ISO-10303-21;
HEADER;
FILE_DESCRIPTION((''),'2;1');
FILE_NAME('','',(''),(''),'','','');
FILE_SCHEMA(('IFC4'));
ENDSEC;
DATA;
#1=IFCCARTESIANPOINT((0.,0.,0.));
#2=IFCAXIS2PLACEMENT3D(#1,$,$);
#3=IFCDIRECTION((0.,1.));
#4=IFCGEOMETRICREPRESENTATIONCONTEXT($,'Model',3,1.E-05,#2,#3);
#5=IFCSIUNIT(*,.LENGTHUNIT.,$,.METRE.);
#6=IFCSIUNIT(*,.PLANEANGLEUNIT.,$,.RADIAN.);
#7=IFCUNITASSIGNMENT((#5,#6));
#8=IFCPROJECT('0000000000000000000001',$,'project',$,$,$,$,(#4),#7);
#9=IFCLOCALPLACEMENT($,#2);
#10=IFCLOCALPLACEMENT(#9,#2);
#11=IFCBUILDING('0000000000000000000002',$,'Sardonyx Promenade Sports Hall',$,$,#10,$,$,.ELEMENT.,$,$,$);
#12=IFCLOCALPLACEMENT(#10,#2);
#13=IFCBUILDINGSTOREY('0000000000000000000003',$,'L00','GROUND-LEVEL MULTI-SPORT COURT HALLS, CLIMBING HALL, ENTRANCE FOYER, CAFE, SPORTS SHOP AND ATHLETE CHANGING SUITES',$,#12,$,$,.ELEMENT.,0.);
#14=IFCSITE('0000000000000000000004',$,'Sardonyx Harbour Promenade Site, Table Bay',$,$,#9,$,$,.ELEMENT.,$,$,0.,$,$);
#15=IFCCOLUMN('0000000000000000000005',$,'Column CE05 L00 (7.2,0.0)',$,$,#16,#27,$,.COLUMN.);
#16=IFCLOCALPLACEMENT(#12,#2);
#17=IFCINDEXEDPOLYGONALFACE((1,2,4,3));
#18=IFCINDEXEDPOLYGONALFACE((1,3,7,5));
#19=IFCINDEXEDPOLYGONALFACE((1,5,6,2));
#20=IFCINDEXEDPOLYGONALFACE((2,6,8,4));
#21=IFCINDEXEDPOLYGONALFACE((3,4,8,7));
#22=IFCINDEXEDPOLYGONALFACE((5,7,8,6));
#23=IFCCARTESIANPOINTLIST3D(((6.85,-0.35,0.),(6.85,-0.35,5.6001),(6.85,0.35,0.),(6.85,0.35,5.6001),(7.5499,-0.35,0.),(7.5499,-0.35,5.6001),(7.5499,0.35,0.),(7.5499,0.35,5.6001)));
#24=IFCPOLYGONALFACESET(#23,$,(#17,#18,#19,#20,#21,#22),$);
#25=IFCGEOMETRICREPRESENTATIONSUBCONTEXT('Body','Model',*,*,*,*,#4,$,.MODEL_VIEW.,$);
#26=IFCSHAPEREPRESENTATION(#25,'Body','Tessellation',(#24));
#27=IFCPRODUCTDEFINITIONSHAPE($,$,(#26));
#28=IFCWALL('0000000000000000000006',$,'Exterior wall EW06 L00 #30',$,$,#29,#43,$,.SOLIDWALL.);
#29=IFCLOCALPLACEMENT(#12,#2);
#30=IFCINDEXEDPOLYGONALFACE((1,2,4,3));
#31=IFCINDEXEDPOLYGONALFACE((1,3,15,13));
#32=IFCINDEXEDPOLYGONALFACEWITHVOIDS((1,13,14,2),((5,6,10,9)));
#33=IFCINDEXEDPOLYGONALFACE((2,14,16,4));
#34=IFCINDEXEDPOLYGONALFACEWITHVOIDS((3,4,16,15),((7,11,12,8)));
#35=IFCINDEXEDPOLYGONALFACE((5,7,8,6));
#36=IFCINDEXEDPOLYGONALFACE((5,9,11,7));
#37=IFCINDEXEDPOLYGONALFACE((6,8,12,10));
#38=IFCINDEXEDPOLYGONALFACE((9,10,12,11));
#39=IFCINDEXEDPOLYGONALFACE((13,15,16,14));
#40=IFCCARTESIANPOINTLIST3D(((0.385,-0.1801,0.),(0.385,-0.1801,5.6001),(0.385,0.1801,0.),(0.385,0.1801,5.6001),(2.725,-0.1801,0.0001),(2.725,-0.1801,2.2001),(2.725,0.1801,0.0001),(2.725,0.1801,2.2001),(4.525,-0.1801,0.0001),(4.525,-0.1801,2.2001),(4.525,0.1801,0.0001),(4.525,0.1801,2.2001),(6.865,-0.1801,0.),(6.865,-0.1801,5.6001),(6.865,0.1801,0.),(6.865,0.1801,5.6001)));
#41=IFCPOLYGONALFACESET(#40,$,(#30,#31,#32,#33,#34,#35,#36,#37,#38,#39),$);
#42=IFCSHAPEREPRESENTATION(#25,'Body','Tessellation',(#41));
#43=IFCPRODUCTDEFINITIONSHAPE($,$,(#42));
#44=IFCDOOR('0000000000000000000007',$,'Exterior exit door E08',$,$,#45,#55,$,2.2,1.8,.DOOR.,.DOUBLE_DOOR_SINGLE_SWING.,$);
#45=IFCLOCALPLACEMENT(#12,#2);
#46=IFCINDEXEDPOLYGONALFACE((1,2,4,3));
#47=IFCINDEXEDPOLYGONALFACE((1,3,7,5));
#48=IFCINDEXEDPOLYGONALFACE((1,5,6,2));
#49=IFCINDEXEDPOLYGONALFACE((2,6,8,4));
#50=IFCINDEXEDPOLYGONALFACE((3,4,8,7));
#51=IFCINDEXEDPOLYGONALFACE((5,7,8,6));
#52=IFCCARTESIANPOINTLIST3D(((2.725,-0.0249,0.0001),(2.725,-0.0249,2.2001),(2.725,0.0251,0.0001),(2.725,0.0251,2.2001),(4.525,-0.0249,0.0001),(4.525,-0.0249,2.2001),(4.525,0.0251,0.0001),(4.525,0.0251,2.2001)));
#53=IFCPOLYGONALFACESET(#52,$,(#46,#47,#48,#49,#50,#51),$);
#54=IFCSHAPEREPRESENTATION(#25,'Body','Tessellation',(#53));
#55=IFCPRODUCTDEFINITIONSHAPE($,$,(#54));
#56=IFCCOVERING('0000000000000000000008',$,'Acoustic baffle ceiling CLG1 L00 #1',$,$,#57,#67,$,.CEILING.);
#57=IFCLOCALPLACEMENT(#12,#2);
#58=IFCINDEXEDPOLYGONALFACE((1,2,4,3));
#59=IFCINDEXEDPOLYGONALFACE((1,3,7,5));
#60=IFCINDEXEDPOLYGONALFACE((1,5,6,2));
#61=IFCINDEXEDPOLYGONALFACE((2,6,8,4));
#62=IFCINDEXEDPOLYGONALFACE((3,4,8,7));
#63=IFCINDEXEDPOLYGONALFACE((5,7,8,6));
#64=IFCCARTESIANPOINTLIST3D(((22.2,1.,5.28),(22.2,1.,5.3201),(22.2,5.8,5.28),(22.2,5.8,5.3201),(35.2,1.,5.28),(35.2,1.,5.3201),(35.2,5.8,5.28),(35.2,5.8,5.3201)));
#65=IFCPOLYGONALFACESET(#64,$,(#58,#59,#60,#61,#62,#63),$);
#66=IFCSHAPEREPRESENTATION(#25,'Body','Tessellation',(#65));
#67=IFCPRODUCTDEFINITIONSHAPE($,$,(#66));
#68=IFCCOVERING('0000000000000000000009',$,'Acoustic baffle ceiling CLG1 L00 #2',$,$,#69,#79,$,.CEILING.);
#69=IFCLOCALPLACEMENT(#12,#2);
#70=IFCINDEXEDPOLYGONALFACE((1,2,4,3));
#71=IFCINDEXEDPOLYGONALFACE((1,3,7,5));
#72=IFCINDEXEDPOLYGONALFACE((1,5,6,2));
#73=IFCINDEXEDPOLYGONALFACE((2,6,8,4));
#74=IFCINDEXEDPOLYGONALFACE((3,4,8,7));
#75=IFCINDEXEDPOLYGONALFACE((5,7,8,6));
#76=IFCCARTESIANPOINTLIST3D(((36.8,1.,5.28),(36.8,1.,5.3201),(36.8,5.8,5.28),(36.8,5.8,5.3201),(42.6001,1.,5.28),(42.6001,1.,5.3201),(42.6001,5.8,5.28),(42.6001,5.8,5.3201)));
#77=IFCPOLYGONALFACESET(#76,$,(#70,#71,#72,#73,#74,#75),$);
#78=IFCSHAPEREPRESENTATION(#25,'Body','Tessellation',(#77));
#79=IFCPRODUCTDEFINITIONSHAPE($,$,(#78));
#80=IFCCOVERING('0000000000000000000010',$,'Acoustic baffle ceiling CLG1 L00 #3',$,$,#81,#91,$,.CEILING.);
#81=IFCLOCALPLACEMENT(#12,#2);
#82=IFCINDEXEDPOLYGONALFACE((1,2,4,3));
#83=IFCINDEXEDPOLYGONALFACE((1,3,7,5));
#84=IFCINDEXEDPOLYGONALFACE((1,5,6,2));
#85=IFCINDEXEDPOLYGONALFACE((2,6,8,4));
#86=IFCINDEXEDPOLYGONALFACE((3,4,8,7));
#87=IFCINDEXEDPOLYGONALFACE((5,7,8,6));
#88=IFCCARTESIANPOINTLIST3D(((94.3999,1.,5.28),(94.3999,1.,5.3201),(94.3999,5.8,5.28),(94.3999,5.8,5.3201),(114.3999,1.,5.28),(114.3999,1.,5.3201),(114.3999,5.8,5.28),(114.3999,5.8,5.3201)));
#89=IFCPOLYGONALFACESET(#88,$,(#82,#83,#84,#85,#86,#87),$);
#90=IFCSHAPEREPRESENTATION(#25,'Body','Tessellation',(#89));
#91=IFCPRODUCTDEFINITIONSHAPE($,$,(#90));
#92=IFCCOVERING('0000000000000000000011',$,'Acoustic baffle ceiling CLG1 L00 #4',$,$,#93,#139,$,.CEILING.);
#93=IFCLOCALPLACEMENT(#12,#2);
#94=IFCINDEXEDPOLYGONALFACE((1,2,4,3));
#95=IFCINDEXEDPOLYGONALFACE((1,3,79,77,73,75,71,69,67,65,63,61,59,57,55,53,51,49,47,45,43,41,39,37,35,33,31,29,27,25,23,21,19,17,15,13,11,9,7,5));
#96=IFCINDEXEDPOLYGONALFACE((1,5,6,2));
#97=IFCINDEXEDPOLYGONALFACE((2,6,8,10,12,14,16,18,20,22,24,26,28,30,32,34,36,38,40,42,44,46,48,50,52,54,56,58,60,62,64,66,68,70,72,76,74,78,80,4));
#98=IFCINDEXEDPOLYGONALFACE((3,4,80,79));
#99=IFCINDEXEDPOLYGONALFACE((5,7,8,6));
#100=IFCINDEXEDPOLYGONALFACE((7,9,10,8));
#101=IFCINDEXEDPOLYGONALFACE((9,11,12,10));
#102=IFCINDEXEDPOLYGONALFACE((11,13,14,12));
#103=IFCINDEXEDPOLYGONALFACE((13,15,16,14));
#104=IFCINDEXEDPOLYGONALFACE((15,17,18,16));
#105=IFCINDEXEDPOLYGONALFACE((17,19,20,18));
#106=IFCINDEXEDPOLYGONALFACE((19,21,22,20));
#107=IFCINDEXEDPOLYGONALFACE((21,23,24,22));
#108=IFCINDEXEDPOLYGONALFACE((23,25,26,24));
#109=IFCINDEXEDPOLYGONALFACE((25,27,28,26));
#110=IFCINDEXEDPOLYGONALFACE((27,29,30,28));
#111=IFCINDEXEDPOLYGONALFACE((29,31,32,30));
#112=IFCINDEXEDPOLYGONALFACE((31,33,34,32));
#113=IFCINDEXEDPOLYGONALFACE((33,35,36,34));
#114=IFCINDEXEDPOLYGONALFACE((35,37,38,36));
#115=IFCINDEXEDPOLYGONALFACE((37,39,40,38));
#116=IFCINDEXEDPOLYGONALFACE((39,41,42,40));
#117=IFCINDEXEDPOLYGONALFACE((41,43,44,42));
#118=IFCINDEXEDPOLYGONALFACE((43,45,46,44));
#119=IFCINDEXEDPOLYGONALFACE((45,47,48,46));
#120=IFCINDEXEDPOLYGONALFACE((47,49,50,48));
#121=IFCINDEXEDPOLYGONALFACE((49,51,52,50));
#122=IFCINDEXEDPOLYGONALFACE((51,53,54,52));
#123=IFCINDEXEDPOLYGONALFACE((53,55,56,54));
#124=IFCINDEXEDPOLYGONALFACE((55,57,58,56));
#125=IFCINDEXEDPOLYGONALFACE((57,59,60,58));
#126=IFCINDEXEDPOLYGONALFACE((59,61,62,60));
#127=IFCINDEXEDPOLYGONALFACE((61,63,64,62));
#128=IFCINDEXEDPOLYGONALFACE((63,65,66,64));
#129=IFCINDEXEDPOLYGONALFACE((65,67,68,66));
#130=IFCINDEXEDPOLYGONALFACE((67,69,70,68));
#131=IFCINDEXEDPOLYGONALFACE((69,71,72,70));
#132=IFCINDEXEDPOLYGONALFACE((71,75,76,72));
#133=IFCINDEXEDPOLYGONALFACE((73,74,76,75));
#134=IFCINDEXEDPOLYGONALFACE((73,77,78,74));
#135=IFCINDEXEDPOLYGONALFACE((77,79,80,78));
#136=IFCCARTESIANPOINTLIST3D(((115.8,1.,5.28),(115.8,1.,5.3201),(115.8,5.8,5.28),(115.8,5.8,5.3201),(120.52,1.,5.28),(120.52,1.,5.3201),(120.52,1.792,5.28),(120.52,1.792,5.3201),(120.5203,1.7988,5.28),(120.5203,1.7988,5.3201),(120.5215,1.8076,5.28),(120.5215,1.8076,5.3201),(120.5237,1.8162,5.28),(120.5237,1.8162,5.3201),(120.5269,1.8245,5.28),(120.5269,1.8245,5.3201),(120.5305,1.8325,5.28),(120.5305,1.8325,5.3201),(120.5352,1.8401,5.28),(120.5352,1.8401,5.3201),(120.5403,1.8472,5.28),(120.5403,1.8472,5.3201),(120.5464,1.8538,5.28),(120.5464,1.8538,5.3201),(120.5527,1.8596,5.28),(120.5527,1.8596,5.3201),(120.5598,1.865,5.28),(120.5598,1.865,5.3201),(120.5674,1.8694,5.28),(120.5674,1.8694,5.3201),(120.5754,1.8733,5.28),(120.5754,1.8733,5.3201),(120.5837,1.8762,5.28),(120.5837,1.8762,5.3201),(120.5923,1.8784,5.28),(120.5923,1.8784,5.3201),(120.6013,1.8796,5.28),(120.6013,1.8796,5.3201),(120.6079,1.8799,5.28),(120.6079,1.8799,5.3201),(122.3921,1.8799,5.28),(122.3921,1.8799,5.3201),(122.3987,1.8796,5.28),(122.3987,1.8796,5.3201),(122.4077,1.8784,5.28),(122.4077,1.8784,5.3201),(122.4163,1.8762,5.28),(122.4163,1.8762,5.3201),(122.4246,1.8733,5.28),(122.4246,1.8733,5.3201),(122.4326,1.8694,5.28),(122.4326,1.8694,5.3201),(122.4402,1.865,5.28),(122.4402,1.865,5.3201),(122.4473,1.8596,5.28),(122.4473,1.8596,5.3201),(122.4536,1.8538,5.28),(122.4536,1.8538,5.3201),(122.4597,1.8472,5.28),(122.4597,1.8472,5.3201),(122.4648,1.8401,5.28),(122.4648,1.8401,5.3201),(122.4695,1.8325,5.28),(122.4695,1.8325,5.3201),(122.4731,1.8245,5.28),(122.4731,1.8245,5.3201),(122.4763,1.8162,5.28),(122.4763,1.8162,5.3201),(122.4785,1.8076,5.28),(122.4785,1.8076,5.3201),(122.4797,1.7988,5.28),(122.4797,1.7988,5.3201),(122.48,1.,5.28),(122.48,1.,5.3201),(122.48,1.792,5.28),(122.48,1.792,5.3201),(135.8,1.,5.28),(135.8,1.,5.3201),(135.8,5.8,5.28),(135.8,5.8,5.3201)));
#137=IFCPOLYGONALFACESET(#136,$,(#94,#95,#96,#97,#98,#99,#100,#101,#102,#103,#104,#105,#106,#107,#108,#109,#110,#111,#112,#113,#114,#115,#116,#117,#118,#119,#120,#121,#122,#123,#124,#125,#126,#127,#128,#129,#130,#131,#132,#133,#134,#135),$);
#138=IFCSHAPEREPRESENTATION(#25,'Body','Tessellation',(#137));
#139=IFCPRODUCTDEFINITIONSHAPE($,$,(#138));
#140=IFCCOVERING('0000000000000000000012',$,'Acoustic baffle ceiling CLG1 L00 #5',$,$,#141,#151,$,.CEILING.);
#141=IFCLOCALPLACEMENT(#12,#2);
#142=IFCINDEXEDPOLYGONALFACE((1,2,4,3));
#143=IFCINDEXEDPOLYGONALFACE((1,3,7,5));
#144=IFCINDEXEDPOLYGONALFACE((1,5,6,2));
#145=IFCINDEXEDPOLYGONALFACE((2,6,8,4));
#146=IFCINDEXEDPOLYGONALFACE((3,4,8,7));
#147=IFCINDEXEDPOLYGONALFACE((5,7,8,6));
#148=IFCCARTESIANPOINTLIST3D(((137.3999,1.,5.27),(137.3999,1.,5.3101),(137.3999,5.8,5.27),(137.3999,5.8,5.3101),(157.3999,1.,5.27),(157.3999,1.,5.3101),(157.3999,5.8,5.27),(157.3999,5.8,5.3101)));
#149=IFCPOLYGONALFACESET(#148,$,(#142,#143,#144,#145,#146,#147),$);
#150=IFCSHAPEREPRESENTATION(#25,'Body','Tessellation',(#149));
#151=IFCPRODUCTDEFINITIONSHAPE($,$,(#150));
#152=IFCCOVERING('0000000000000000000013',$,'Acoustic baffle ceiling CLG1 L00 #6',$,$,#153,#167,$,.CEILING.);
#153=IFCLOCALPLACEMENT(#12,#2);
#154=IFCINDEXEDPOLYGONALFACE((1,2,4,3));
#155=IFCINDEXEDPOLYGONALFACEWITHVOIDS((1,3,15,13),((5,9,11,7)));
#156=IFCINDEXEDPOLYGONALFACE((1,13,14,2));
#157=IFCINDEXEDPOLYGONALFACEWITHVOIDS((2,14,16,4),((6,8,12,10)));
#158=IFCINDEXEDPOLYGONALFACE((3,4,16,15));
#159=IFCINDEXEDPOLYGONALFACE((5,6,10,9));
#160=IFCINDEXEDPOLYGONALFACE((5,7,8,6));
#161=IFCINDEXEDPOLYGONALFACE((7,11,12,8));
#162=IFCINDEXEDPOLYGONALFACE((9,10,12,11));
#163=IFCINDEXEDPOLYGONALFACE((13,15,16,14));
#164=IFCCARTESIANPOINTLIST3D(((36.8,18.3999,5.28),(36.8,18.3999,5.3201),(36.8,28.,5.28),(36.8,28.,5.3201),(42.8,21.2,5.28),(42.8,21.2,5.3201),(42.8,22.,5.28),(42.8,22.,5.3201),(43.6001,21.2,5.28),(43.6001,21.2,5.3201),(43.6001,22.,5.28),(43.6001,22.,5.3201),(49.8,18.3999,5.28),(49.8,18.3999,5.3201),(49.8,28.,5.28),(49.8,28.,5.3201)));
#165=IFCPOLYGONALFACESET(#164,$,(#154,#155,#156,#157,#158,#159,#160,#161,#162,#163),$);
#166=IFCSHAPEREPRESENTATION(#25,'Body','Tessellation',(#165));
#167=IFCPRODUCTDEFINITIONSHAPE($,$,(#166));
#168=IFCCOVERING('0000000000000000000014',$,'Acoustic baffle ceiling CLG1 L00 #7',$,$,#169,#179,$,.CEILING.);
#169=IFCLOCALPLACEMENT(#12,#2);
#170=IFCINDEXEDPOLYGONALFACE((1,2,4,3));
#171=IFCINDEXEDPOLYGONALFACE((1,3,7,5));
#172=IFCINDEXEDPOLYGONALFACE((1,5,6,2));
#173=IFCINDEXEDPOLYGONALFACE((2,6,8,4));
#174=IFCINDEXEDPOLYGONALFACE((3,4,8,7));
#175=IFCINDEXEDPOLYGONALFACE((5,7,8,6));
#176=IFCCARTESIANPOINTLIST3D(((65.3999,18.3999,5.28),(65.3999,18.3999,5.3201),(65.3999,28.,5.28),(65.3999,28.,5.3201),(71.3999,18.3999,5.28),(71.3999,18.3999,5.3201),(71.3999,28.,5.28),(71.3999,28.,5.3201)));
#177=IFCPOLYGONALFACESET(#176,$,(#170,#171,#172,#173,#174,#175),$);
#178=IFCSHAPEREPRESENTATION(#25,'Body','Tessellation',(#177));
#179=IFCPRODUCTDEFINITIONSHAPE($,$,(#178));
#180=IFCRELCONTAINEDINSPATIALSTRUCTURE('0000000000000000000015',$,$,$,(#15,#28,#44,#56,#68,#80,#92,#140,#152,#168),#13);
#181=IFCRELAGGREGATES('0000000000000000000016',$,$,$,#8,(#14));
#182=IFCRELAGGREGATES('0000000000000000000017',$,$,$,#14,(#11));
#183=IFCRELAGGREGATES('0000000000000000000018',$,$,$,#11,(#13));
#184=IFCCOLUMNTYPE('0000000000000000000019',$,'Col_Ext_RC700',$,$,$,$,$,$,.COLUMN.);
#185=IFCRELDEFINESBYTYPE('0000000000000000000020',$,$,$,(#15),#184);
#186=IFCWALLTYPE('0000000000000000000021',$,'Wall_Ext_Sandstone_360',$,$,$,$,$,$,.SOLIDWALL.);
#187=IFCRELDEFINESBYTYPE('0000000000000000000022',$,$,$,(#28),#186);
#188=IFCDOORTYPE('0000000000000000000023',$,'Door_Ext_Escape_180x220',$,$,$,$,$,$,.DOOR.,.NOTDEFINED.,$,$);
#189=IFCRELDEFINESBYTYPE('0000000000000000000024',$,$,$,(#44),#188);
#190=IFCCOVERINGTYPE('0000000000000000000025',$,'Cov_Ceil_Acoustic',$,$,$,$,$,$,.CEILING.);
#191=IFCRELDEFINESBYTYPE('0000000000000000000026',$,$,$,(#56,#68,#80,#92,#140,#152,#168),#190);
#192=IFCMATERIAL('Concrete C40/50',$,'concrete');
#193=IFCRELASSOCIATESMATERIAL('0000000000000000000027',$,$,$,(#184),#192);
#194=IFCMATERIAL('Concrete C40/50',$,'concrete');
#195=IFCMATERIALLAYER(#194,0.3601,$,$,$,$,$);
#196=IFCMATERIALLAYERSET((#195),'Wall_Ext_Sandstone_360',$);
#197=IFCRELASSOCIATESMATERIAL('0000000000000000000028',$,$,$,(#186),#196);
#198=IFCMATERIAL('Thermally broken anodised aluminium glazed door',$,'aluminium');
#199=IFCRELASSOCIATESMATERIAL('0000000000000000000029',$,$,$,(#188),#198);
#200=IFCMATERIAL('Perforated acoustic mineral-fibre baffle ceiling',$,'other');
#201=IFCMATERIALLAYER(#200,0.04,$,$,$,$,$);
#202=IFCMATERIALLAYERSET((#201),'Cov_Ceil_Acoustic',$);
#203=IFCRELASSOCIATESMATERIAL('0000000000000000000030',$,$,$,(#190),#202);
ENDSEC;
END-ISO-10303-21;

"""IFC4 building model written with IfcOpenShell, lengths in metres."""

from ifc_helpers import new_model, si_unit, direction, frame, frame_2d, origin, origin_2d, place, context, subcontext, project, spatial, polyline, rectangle, outline, extrude, material, layer, layer_set, material_profile, profile_set, type_object, element, fill, save


model = new_model("IFC4")

# Units and contexts
model_context = context("Model", 3, precision=1e-05, world=origin(), true_north=direction((0.0, 1.0)))
body_context = subcontext(model_context, "Body", "Model", "MODEL_VIEW")
ifc_project = project(units=[si_unit("LENGTHUNIT", "METRE"), si_unit("PLANEANGLEUNIT", "RADIAN")], contexts=[model_context])

# Site, building, storey
site_placement = place(None, origin())
site = spatial("IfcSite", under=ifc_project, at=site_placement, Name="Sardonyx Harbour Promenade Site, Table Bay", CompositionType="ELEMENT", RefElevation=0.0)
building_placement = place(site_placement, origin())
building = spatial("IfcBuilding", under=site, at=building_placement, Name="Sardonyx Promenade Sports Hall", CompositionType="ELEMENT")
storey_placement = place(building_placement, origin())
storey = spatial("IfcBuildingStorey", under=building, at=storey_placement, Name="L00", Description="GROUND-LEVEL MULTI-SPORT COURT HALLS, CLIMBING HALL, ENTRANCE FOYER, CAFE, SPORTS SHOP AND ATHLETE CHANGING SUITES", CompositionType="ELEMENT", Elevation=0.0)

# Column
ifc_material_1 = material(Name="Concrete C40/50", Category="concrete")
ifc_material_profile = material_profile(ifc_material_1, rectangle(XDim=0.7, YDim=0.7, at=origin_2d()))
ifc_profile_set = profile_set([ifc_material_profile], Name="Concrete C40/50")
column_type = type_object("IfcColumnType", Name="Col_Ext_RC700", PredefinedType="COLUMN", material=ifc_profile_set)
column_placement = place(storey_placement, frame((7.2, 0.0, 0.0), z_axis=(0.0, 0.0, 1.0), x_axis=(1.0, 0.0, 0.0)))
element("IfcColumn", 1, at=column_placement, inside=storey, type_object=column_type, Name="Column CE05 L00 (7.2,0.0)", PredefinedType="COLUMN", context=body_context, shape_type="SweptSolid", body=[
    extrude(rectangle(XDim=0.7, YDim=0.7, at=origin_2d()), origin(), (0.0, 0.0, 1.0), 5.6001),
])

# Wall, opening, door
ifc_material_2 = material(Name="Concrete C40/50", Category="concrete")
ifc_layer_1 = layer(ifc_material_2, 0.3601)
ifc_layer_set_1 = layer_set([ifc_layer_1], Name="Wall_Ext_Sandstone_360")
wall_type = type_object("IfcWallType", Name="Wall_Ext_Sandstone_360", PredefinedType="SOLIDWALL", material=ifc_layer_set_1)
wall_placement = place(storey_placement, frame((6.865, 0.0, 0.0), z_axis=(0.0, 0.0, 1.0), x_axis=(-1.0, 0.0, 0.0)))
wall = element("IfcWall", 2, at=wall_placement, inside=storey, type_object=wall_type, Name="Exterior wall EW06 L00 #30", PredefinedType="SOLIDWALL", context=body_context, shape_type="SweptSolid", body=[
    extrude(rectangle(XDim=6.48, YDim=0.3601, at=frame_2d((3.24, 0.0))), origin(), (0.0, 0.0, 1.0), 5.6001),
])
opening_placement = place(wall_placement, frame((2.3401, 0.0, 0.0)))
opening = element("IfcOpeningElement", 3, at=opening_placement, cuts=wall, PredefinedType="OPENING", context=body_context, shape_type="SweptSolid", body=[
    extrude(rectangle(XDim=1.8, YDim=2.2, at=frame_2d((0.8999, 1.1001))), frame((0.0, 0.19, 0.0), z_axis=(0.0, -1.0, 0.0), x_axis=(1.0, 0.0, 0.0)), (0.0, 0.0, 1.0), 0.38),
])
ifc_material_3 = material(Name="Thermally broken anodised aluminium glazed door", Category="aluminium")
door_type = type_object("IfcDoorType", Name="Door_Ext_Escape_180x220", OperationType="NOTDEFINED", PredefinedType="DOOR", material=ifc_material_3)
door_placement = place(opening_placement, origin())
door = element("IfcDoor", 4, at=door_placement, inside=storey, type_object=door_type, Name="Exterior exit door E08", OperationType="DOUBLE_DOOR_SINGLE_SWING", OverallHeight=2.2, OverallWidth=1.8, PredefinedType="DOOR", context=body_context, shape_type="SweptSolid", body=[
    extrude(rectangle(XDim=1.8, YDim=2.2, at=frame_2d((0.8999, 1.1001))), frame((0.0, 0.0249, 0.0), z_axis=(0.0, -1.0, 0.0), x_axis=(1.0, 0.0, 0.0)), (0.0, 0.0, 1.0), 0.05),
])
fill(opening, door)

# Coverings
ifc_material_4 = material(Name="Perforated acoustic mineral-fibre baffle ceiling", Category="other")
ifc_layer_2 = layer(ifc_material_4, 0.04)
ifc_layer_set_2 = layer_set([ifc_layer_2], Name="Cov_Ceil_Acoustic")
covering_type_1 = type_object("IfcCoveringType", Name="Cov_Ceil_Acoustic", PredefinedType="CEILING", material=ifc_layer_set_2)
covering_1_placement = place(storey_placement, frame((0.0, 0.0, 5.28)))
element("IfcCovering", 5, at=covering_1_placement, inside=storey, type_object=covering_type_1, Name="Acoustic baffle ceiling CLG1 L00 #1", PredefinedType="CEILING", context=body_context, shape_type="SweptSolid", body=[
    extrude(outline(polyline([(22.2, 5.8), (22.2, 1.0), (35.2, 1.0), (35.2, 5.8), (22.2, 5.8)])), origin(), (0.0, 0.0, 1.0), 0.04),
])
covering_2_placement = place(storey_placement, frame((0.0, 0.0, 5.28)))
element("IfcCovering", 6, at=covering_2_placement, inside=storey, type_object=covering_type_1, Name="Acoustic baffle ceiling CLG1 L00 #2", PredefinedType="CEILING", context=body_context, shape_type="SweptSolid", body=[
    extrude(outline(polyline([(36.8, 5.8), (36.8, 1.0), (42.6001, 1.0), (42.6001, 5.8), (36.8, 5.8)])), origin(), (0.0, 0.0, 1.0), 0.04),
])
covering_3_placement = place(storey_placement, frame((0.0, 0.0, 5.28)))
element("IfcCovering", 7, at=covering_3_placement, inside=storey, type_object=covering_type_1, Name="Acoustic baffle ceiling CLG1 L00 #3", PredefinedType="CEILING", context=body_context, shape_type="SweptSolid", body=[
    extrude(outline(polyline([(94.3999, 5.8), (94.3999, 1.0), (114.3999, 1.0), (114.3999, 5.8), (94.3999, 5.8)])), origin(), (0.0, 0.0, 1.0), 0.04),
])
covering_4_placement = place(storey_placement, frame((0.0, 0.0, 5.28)))
element("IfcCovering", 8, at=covering_4_placement, inside=storey, type_object=covering_type_1, Name="Acoustic baffle ceiling CLG1 L00 #4", PredefinedType="CEILING", context=body_context, shape_type="SweptSolid", body=[
    extrude(outline(polyline([(115.8, 5.8), (115.8, 1.0), (120.52, 1.0), (120.52, 1.792), (120.5203, 1.7988), (120.5215, 1.8076), (120.5237, 1.8162), (120.5269, 1.8245), (120.5305, 1.8325), (120.5352, 1.8401), (120.5403, 1.8472), (120.5464, 1.8538), (120.5527, 1.8596), (120.5598, 1.865), (120.5674, 1.8694), (120.5754, 1.8733), (120.5837, 1.8762), (120.5923, 1.8784), (120.6013, 1.8796), (120.6079, 1.8799), (122.3921, 1.8799), (122.3987, 1.8796), (122.4077, 1.8784), (122.4163, 1.8762), (122.4246, 1.8733), (122.4326, 1.8694), (122.4402, 1.865), (122.4473, 1.8596), (122.4536, 1.8538), (122.4597, 1.8472), (122.4648, 1.8401), (122.4695, 1.8325), (122.4731, 1.8245), (122.4763, 1.8162), (122.4785, 1.8076), (122.4797, 1.7988), (122.48, 1.792), (122.48, 1.0), (135.8, 1.0), (135.8, 5.8), (115.8, 5.8)])), origin(), (0.0, 0.0, 1.0), 0.04),
])
covering_5_placement = place(storey_placement, frame((0.0, 0.0, 5.27)))
element("IfcCovering", 9, at=covering_5_placement, inside=storey, type_object=covering_type_1, Name="Acoustic baffle ceiling CLG1 L00 #5", PredefinedType="CEILING", context=body_context, shape_type="SweptSolid", body=[
    extrude(outline(polyline([(137.3999, 5.8), (137.3999, 1.0), (157.3999, 1.0), (157.3999, 5.8), (137.3999, 5.8)])), origin(), (0.0, 0.0, 1.0), 0.04),
])
covering_6_placement = place(storey_placement, frame((0.0, 0.0, 5.28)))
element("IfcCovering", 10, at=covering_6_placement, inside=storey, type_object=covering_type_1, Name="Acoustic baffle ceiling CLG1 L00 #6", PredefinedType="CEILING", context=body_context, shape_type="SweptSolid", body=[
    extrude(outline(polyline([(36.8, 28.0), (36.8, 18.3999), (49.8, 18.3999), (49.8, 28.0), (36.8, 28.0)]), holes=[polyline([(43.6001, 21.2), (42.8, 21.2), (42.8, 22.0), (43.6001, 22.0), (43.6001, 21.2)])]), origin(), (0.0, 0.0, 1.0), 0.04),
])
covering_7_placement = place(storey_placement, frame((0.0, 0.0, 5.28)))
element("IfcCovering", 11, at=covering_7_placement, inside=storey, type_object=covering_type_1, Name="Acoustic baffle ceiling CLG1 L00 #7", PredefinedType="CEILING", context=body_context, shape_type="SweptSolid", body=[
    extrude(outline(polyline([(65.3999, 28.0), (65.3999, 18.3999), (71.3999, 18.3999), (71.3999, 28.0), (65.3999, 28.0)])), origin(), (0.0, 0.0, 1.0), 0.04),
])

save(model, "model.ifc")
